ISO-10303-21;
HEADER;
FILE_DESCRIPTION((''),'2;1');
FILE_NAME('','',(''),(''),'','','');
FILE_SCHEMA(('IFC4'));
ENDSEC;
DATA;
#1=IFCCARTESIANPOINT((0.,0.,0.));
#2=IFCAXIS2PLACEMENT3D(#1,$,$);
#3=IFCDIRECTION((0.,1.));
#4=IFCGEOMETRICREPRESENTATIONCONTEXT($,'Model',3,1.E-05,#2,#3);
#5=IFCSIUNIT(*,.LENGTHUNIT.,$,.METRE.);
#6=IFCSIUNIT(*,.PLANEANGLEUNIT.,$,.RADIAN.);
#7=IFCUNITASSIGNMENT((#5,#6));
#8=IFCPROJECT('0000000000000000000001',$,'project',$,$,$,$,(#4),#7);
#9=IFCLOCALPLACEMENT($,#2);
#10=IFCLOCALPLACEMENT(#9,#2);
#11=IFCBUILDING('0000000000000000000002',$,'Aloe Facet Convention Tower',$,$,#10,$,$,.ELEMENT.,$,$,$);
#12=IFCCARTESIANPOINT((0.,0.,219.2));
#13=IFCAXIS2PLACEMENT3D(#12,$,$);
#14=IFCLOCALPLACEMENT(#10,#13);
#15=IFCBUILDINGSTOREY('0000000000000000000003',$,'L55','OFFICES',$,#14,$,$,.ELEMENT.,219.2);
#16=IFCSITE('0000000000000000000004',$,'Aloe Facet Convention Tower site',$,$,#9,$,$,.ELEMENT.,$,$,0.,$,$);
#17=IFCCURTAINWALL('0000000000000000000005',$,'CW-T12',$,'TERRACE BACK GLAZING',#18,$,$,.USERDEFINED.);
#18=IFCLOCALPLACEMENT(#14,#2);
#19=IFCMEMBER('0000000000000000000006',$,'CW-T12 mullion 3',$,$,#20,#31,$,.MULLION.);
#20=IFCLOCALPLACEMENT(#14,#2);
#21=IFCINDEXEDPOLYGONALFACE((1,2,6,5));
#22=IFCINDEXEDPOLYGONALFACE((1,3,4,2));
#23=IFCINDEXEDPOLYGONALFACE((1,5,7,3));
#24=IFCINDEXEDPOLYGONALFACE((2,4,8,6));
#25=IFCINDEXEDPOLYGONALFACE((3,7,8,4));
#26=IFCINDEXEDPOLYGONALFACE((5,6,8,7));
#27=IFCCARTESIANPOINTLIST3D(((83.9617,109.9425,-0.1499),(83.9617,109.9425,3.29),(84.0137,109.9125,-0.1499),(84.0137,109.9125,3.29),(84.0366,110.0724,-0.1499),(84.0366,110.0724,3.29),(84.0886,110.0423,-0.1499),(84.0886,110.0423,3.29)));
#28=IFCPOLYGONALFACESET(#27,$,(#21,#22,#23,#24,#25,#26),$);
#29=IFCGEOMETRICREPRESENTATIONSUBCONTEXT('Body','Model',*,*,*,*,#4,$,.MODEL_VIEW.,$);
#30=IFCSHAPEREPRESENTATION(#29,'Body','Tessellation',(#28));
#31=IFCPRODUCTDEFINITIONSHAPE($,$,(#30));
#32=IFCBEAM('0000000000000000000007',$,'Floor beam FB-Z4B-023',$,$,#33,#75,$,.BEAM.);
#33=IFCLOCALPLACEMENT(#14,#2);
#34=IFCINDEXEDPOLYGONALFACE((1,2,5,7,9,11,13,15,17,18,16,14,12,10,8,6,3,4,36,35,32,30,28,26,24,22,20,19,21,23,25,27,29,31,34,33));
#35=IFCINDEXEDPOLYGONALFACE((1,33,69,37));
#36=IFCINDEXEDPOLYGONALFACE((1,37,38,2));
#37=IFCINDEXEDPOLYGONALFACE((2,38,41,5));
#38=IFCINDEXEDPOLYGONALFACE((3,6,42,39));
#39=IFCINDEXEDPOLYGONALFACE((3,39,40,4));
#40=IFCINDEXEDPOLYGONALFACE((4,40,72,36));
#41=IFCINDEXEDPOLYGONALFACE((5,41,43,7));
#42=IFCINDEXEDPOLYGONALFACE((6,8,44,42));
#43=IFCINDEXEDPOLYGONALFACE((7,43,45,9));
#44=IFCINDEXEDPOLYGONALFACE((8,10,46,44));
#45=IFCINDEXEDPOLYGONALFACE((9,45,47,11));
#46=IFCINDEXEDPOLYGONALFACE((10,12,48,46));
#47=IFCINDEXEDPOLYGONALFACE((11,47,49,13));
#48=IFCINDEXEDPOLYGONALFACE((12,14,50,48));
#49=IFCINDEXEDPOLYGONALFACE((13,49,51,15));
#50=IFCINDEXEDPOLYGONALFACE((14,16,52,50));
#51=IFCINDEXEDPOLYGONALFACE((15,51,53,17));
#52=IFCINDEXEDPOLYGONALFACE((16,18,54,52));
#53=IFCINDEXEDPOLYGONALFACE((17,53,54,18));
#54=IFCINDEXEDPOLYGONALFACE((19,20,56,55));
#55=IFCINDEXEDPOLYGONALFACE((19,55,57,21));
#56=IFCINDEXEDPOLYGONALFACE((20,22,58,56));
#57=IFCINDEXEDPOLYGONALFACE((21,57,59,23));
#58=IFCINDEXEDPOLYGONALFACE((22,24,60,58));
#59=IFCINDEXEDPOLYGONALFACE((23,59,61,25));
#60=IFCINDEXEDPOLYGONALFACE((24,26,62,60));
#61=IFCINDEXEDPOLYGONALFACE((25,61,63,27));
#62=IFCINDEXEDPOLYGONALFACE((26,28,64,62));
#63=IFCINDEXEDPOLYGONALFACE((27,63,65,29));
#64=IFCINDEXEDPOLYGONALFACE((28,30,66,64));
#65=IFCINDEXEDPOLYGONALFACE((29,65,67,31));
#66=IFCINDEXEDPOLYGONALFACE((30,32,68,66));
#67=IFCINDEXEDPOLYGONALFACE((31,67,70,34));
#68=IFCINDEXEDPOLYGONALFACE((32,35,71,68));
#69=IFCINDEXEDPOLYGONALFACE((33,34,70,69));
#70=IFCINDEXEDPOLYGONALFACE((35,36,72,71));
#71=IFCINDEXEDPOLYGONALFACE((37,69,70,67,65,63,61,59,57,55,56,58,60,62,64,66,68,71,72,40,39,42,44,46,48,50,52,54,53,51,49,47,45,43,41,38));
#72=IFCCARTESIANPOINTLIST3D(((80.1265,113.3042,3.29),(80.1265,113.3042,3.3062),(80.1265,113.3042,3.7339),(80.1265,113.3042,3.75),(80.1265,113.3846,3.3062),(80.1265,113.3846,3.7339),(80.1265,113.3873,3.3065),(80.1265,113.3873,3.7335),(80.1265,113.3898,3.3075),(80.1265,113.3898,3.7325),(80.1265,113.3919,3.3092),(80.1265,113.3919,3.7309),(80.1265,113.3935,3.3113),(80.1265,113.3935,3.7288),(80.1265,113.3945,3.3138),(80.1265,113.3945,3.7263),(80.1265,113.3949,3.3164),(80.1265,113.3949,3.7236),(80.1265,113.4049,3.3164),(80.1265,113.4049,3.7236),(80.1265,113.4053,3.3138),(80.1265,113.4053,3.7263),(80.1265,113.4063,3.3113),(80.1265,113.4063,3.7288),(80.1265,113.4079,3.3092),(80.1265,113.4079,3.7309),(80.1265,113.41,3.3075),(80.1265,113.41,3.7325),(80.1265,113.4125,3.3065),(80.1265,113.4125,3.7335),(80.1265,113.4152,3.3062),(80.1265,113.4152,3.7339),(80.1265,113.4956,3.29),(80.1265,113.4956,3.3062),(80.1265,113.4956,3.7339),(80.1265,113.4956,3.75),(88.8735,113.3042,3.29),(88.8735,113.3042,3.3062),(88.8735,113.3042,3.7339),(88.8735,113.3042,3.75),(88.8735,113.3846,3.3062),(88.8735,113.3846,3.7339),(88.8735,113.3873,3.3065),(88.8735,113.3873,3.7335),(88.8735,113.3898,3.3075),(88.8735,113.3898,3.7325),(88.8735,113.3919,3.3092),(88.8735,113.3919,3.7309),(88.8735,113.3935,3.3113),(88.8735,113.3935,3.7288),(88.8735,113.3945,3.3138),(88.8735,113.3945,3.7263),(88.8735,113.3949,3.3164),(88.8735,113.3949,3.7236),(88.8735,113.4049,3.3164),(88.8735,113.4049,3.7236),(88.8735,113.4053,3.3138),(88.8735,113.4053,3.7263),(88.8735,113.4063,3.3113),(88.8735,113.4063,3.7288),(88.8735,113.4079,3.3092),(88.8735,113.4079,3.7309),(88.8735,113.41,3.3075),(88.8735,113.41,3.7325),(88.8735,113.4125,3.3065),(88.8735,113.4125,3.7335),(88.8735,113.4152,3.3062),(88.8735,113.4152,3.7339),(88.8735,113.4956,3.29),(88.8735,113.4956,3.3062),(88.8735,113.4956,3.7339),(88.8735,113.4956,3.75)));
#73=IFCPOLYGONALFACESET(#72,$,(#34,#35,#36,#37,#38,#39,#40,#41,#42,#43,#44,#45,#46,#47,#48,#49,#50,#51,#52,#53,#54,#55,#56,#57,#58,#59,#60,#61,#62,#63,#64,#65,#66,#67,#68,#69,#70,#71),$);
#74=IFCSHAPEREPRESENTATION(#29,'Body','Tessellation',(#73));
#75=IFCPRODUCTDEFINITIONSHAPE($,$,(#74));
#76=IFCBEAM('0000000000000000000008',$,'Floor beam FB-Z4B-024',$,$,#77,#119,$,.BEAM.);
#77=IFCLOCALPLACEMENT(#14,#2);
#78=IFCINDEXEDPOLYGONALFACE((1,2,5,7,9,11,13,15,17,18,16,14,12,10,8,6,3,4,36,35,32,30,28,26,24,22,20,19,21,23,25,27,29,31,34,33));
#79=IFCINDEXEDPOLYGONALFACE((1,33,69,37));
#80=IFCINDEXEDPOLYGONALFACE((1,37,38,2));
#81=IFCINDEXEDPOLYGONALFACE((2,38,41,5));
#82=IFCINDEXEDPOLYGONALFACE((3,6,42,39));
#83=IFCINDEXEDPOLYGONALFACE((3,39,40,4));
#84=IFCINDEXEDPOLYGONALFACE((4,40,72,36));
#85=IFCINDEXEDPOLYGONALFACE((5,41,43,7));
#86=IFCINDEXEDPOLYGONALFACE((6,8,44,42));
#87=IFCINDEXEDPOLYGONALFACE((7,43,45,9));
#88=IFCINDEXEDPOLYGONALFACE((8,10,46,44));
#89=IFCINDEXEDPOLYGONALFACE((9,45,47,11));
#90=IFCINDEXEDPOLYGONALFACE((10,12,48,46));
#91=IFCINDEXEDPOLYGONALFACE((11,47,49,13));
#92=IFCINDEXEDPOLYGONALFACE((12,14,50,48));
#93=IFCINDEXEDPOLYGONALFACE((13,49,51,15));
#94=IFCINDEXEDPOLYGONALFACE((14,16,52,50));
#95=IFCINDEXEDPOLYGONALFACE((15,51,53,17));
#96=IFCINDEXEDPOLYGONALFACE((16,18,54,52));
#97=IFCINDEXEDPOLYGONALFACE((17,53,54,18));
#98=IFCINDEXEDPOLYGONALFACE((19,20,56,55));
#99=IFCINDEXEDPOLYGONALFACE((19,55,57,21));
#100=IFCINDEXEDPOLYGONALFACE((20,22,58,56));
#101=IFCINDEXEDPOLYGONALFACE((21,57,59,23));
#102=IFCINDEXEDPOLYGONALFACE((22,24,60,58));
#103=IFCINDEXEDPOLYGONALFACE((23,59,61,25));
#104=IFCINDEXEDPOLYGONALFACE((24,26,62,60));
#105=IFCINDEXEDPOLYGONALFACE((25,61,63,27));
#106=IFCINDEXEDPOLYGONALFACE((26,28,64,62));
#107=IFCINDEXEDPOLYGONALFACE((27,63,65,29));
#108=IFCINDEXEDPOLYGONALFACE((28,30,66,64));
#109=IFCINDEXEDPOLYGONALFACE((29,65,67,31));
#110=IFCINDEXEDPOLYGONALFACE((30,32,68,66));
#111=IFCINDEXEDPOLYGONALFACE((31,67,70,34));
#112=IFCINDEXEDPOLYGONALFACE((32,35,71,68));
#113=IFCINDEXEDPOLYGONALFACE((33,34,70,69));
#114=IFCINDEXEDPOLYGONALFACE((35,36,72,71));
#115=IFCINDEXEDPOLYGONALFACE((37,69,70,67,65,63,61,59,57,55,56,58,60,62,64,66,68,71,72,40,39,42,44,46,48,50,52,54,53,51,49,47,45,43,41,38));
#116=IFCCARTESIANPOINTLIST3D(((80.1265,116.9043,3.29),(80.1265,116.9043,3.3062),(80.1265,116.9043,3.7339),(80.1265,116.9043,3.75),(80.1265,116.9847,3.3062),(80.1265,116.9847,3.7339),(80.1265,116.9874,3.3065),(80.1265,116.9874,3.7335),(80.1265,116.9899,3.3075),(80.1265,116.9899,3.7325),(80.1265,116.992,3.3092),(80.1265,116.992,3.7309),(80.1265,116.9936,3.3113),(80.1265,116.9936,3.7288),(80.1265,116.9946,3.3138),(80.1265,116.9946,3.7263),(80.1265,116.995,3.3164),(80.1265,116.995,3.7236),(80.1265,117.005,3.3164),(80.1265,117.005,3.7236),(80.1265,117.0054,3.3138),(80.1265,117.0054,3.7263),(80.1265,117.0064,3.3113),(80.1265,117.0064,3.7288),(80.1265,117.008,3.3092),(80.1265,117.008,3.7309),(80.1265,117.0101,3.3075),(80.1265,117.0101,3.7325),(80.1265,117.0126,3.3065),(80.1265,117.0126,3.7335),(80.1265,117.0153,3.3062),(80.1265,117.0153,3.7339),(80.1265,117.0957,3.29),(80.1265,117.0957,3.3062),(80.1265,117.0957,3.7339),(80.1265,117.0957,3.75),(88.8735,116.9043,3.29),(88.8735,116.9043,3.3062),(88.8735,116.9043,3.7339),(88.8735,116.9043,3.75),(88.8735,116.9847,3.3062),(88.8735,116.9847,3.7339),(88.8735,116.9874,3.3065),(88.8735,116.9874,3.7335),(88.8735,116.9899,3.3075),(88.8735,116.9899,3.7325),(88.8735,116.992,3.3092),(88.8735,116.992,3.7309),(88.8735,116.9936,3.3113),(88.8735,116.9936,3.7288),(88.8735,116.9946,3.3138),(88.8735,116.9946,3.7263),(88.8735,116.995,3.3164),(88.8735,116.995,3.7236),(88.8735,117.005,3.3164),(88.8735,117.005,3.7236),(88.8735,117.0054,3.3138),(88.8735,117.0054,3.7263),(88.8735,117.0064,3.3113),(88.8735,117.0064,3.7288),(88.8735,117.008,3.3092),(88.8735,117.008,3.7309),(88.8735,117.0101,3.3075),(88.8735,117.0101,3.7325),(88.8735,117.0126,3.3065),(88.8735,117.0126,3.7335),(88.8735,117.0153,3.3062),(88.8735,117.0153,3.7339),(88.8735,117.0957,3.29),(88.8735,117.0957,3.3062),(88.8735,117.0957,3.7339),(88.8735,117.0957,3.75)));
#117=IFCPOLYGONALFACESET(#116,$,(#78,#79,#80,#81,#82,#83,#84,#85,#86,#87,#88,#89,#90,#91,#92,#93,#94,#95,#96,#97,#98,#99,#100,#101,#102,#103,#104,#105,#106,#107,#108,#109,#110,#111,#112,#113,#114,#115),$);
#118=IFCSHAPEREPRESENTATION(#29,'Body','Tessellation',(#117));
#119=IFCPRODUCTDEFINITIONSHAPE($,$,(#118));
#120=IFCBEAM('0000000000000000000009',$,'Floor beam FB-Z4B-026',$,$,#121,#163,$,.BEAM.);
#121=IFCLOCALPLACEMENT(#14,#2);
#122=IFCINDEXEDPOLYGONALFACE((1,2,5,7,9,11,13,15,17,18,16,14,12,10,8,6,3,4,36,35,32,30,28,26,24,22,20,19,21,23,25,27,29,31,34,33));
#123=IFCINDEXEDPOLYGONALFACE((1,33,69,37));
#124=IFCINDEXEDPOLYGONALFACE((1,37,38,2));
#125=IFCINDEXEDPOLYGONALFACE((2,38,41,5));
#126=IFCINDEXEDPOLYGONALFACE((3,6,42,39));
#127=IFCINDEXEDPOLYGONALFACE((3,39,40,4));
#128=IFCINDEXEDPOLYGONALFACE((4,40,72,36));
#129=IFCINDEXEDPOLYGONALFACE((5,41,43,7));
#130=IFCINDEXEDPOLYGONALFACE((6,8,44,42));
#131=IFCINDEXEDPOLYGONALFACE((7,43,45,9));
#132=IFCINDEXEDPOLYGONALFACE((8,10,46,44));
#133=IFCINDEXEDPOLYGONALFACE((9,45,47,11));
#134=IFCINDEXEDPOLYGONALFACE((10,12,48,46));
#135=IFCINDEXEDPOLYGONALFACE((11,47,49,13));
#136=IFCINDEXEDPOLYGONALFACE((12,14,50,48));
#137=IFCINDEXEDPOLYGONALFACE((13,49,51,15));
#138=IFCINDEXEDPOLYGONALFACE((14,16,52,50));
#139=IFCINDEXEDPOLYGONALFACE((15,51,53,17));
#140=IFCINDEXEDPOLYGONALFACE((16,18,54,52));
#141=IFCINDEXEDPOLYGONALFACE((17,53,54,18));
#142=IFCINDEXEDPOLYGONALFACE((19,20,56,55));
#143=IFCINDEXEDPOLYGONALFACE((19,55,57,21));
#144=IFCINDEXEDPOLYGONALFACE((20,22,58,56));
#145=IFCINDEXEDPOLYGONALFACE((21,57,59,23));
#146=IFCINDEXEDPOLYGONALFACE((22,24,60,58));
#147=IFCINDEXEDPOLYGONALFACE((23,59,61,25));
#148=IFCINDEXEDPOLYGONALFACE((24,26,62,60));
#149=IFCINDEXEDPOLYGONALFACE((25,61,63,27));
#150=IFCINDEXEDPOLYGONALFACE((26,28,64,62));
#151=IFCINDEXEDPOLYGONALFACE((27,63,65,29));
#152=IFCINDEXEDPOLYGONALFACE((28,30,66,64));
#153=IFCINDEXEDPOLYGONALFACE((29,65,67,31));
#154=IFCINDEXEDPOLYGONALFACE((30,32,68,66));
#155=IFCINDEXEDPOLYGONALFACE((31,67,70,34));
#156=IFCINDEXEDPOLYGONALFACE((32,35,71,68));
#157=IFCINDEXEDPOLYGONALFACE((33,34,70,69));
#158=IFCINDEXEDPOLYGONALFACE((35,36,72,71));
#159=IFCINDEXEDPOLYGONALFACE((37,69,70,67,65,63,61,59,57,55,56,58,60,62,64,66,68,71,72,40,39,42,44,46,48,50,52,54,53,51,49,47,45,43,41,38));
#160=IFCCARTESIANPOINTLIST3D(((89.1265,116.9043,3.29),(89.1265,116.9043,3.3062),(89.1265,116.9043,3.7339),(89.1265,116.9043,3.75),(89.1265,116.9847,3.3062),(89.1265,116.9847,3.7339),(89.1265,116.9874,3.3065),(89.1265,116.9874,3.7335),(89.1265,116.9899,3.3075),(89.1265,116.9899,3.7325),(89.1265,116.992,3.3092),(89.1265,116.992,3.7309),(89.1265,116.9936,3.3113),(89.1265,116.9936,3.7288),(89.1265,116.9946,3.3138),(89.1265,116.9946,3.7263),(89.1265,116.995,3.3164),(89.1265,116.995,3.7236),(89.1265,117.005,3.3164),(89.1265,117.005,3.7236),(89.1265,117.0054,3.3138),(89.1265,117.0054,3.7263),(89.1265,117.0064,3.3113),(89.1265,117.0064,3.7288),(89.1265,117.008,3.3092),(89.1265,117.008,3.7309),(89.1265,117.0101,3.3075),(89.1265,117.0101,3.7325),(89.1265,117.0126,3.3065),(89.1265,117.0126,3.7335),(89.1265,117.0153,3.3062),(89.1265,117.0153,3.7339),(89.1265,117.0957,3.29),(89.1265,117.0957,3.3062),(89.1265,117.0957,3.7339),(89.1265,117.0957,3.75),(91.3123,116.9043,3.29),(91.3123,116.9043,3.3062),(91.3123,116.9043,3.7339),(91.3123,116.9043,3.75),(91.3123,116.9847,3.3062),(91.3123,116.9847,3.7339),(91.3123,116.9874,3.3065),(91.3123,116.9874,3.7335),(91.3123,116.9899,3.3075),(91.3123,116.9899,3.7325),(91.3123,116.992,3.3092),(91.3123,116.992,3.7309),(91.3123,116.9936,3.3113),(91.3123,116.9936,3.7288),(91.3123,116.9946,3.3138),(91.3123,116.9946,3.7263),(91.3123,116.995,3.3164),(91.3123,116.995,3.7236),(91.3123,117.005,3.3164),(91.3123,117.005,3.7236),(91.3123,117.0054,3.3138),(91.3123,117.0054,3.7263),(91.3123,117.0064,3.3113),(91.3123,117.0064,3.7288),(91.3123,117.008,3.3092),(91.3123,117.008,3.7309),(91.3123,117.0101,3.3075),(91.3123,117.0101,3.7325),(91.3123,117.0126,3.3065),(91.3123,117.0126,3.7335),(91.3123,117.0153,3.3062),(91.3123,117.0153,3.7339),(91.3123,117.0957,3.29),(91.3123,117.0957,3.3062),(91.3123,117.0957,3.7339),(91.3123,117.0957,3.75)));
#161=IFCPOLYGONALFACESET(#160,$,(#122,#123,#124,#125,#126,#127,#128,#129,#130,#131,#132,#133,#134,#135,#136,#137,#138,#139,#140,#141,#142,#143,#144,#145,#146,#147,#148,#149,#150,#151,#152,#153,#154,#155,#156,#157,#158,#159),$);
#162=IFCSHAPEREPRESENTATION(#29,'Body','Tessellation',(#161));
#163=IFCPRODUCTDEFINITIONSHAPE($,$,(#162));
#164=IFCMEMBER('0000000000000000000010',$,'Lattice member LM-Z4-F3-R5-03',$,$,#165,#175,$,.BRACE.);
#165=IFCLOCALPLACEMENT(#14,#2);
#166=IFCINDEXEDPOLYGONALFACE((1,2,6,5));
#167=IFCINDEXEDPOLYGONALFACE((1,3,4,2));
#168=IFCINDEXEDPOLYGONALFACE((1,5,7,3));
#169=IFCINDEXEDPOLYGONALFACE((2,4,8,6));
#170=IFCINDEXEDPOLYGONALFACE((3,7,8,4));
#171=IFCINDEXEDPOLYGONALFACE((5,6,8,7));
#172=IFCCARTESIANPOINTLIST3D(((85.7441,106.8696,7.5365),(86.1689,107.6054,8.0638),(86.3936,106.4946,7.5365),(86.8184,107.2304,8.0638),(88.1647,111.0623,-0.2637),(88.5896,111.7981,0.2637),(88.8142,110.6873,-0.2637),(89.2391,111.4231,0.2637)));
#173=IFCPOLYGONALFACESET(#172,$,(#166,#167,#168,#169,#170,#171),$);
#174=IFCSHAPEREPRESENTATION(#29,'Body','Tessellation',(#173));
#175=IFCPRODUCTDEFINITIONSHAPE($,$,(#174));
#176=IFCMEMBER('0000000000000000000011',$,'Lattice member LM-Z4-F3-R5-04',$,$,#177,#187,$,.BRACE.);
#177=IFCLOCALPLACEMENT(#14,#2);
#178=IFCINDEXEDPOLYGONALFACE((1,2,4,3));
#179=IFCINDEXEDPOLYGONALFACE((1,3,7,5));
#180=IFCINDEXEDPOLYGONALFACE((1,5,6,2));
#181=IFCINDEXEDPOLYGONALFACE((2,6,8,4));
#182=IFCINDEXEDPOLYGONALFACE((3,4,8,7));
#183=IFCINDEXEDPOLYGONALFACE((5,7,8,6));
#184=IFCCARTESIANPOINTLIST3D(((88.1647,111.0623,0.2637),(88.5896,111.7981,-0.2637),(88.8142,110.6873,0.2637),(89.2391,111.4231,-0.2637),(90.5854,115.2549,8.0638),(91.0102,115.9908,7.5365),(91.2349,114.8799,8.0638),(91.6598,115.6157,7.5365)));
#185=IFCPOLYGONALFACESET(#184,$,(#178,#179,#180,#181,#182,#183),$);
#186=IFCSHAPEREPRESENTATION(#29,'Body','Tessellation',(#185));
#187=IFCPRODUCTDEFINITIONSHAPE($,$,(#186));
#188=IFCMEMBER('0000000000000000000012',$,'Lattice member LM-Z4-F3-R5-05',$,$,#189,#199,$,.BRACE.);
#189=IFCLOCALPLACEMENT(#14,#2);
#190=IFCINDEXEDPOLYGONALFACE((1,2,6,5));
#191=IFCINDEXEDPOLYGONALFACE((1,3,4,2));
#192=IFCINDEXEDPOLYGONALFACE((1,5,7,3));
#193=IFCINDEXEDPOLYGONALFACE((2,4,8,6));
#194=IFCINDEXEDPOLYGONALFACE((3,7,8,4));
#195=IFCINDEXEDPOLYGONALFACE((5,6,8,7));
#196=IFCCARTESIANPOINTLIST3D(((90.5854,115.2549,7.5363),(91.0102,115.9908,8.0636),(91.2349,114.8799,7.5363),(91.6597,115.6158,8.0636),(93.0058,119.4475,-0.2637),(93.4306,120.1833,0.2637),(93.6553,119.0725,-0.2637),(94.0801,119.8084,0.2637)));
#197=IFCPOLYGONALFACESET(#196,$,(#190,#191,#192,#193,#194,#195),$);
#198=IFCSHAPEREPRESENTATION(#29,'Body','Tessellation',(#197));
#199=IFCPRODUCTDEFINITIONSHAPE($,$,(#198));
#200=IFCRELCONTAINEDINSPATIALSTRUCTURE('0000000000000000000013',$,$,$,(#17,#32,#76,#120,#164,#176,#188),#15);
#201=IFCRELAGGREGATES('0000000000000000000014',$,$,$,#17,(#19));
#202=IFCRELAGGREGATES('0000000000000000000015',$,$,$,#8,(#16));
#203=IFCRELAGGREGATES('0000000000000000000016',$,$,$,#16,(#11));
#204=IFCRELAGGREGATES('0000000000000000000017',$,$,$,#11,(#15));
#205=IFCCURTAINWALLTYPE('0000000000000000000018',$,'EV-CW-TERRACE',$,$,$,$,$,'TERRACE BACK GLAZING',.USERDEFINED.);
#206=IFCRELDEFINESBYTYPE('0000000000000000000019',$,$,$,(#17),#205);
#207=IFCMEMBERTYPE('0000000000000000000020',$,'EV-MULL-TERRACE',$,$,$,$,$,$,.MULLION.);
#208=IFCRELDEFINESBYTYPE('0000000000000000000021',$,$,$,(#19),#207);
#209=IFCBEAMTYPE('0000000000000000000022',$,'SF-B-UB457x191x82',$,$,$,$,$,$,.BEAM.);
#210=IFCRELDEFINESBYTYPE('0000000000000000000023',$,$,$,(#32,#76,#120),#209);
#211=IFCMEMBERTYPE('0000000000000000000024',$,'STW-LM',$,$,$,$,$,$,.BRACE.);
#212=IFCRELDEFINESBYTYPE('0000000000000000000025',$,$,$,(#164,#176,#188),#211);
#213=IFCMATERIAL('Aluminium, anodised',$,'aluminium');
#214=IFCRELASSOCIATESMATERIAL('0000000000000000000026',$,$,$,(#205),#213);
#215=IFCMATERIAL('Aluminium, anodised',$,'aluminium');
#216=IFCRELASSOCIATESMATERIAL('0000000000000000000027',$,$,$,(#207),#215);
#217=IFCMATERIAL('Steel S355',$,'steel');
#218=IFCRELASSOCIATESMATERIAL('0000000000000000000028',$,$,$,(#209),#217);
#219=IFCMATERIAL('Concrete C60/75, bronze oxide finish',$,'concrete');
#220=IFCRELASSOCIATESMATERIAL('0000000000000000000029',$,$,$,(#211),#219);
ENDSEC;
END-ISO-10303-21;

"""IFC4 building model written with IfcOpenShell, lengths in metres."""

from ifc_helpers import new_model, si_unit, direction, frame, origin, origin_2d, place, context, subcontext, project, spatial, rectangle, i_section, extrude, material, material_profile, profile_set, type_object, element, aggregate, save


model = new_model("IFC4")

# Units and contexts
model_context = context("Model", 3, precision=1e-05, world=origin(), true_north=direction((0.0, 1.0)))
body_context = subcontext(model_context, "Body", "Model", "MODEL_VIEW")
ifc_project = project(units=[si_unit("LENGTHUNIT", "METRE"), si_unit("PLANEANGLEUNIT", "RADIAN")], contexts=[model_context])

# Site, building, storey
site_placement = place(None, origin())
site = spatial("IfcSite", under=ifc_project, at=site_placement, Name="Aloe Facet Convention Tower site", CompositionType="ELEMENT", RefElevation=0.0)
building_placement = place(site_placement, origin())
building = spatial("IfcBuilding", under=site, at=building_placement, Name="Aloe Facet Convention Tower", CompositionType="ELEMENT")
storey_placement = place(building_placement, frame((0.0, 0.0, 219.2)))
storey = spatial("IfcBuildingStorey", under=building, at=storey_placement, Name="L55", Description="OFFICES", CompositionType="ELEMENT", Elevation=219.2)

# Curtain wall, member
ifc_material_1 = material(Name="Aluminium, anodised", Category="aluminium")
curtain_wall_type = type_object("IfcCurtainWallType", Name="EV-CW-TERRACE", ElementType="TERRACE BACK GLAZING", PredefinedType="USERDEFINED", material=ifc_material_1)
curtain_wall_placement = place(storey_placement, origin())
curtain_wall = element("IfcCurtainWall", 1, at=curtain_wall_placement, inside=storey, type_object=curtain_wall_type, Name="CW-T12", ObjectType="TERRACE BACK GLAZING", PredefinedType="USERDEFINED")
ifc_material_2 = material(Name="Aluminium, anodised", Category="aluminium")
ifc_material_profile_1 = material_profile(ifc_material_2, rectangle(XDim=0.0601, YDim=0.1499, at=origin_2d()), Name="AL 60x150")
ifc_profile_set_1 = profile_set([ifc_material_profile_1], Name="Aluminium, anodised")
member_type_1 = type_object("IfcMemberType", Name="EV-MULL-TERRACE", PredefinedType="MULLION", material=ifc_profile_set_1)
member_placement = place(storey_placement, frame((84.0251, 109.9924, -0.1499), z_axis=(0.0, 0.0, 1.0), x_axis=(-0.866025, 0.5, 0.0)))
member = element("IfcMember", 2, at=member_placement, type_object=member_type_1, Name="CW-T12 mullion 3", PredefinedType="MULLION", context=body_context, shape_type="SweptSolid", body=[
    extrude(rectangle(XDim=0.0601, YDim=0.1499, at=origin_2d()), origin(), (0.0, 0.0, 1.0), 3.4399),
])
aggregate(curtain_wall, [member])

# Beams
ifc_material_3 = material(Name="Steel S355", Category="steel")
ifc_material_profile_2 = material_profile(ifc_material_3, i_section(OverallWidth=0.1914, OverallDepth=0.46, WebThickness=0.01, FlangeThickness=0.0161, FilletRadius=0.0103, at=origin_2d()), Name="UB 457x191x82")
ifc_profile_set_2 = profile_set([ifc_material_profile_2], Name="Steel S355")
beam_type = type_object("IfcBeamType", Name="SF-B-UB457x191x82", PredefinedType="BEAM", material=ifc_profile_set_2)
for number, where, z_axis, x_axis, name in (
    (3, (80.1265, 113.3999, 3.52), (1.0, 0.0, 0.0), (0.0, 1.0, 0.0), "Floor beam FB-Z4B-023"),
    (4, (80.1265, 117.0, 3.52), (1.0, 0.0, 0.0), (0.0, 1.0, 0.0), "Floor beam FB-Z4B-024"),
):
    element("IfcBeam", number, at=place(storey_placement, frame(where, z_axis=z_axis, x_axis=x_axis)), inside=storey, type_object=beam_type, Name=name, PredefinedType="BEAM", context=body_context, shape_type="SweptSolid", body=[
        extrude(i_section(OverallWidth=0.1914, OverallDepth=0.46, WebThickness=0.01, FlangeThickness=0.0161, FilletRadius=0.0103, at=origin_2d()), origin(), (0.0, 0.0, 1.0), 8.7471),
    ])
beam_placement = place(storey_placement, frame((89.1265, 117.0, 3.52), z_axis=(1.0, 0.0, 0.0), x_axis=(0.0, 1.0, 0.0)))
element("IfcBeam", 5, at=beam_placement, inside=storey, type_object=beam_type, Name="Floor beam FB-Z4B-026", PredefinedType="BEAM", context=body_context, shape_type="SweptSolid", body=[
    extrude(i_section(OverallWidth=0.1914, OverallDepth=0.46, WebThickness=0.01, FlangeThickness=0.0161, FilletRadius=0.0103, at=origin_2d()), origin(), (0.0, 0.0, 1.0), 2.1858),
])

# Members
ifc_material_4 = material(Name="Concrete C60/75, bronze oxide finish", Category="concrete")
ifc_material_profile_3 = material_profile(ifc_material_4, rectangle(XDim=0.75, YDim=1.0, at=origin_2d()), Name="STW-LM")
ifc_profile_set_3 = profile_set([ifc_material_profile_3], Name="Concrete C60/75, bronze oxide finish")
member_type_2 = type_object("IfcMemberType", Name="STW-LM", PredefinedType="BRACE", material=ifc_profile_set_3)
for number, where, z_axis, x_axis, name in (
    (6, (88.7019, 111.2427, 0.0), (-0.263678, -0.456697, 0.849648), (0.866022, -0.500006, 0.0), "Lattice member LM-Z4-F3-R5-03"),
    (7, (88.7019, 111.2427, 0.0), (0.263678, 0.456697, 0.849648), (-0.866022, 0.500006, 0.0), "Lattice member LM-Z4-F3-R5-04"),
):
    element("IfcMember", number, at=place(storey_placement, frame(where, z_axis=z_axis, x_axis=x_axis)), inside=storey, type_object=member_type_2, Name=name, PredefinedType="BRACE", context=body_context, shape_type="SweptSolid", body=[
        extrude(rectangle(XDim=0.75, YDim=1.0, at=origin_2d()), origin(), (0.0, 0.0, 1.0), 9.1804),
    ])
for number, where, z_axis, x_axis, name in (
    (8, (93.543, 119.6279, 0.0), (-0.263654, -0.4567, 0.849654), (0.866044, -0.499968, 0.0), "Lattice member LM-Z4-F3-R5-05"),
):
    element("IfcMember", number, at=place(storey_placement, frame(where, z_axis=z_axis, x_axis=x_axis)), inside=storey, type_object=member_type_2, Name=name, PredefinedType="BRACE", context=body_context, shape_type="SweptSolid", body=[
        extrude(rectangle(XDim=0.75, YDim=1.0, at=origin_2d()), origin(), (0.0, 0.0, 1.0), 9.1802),
    ])

save(model, "model.ifc")
